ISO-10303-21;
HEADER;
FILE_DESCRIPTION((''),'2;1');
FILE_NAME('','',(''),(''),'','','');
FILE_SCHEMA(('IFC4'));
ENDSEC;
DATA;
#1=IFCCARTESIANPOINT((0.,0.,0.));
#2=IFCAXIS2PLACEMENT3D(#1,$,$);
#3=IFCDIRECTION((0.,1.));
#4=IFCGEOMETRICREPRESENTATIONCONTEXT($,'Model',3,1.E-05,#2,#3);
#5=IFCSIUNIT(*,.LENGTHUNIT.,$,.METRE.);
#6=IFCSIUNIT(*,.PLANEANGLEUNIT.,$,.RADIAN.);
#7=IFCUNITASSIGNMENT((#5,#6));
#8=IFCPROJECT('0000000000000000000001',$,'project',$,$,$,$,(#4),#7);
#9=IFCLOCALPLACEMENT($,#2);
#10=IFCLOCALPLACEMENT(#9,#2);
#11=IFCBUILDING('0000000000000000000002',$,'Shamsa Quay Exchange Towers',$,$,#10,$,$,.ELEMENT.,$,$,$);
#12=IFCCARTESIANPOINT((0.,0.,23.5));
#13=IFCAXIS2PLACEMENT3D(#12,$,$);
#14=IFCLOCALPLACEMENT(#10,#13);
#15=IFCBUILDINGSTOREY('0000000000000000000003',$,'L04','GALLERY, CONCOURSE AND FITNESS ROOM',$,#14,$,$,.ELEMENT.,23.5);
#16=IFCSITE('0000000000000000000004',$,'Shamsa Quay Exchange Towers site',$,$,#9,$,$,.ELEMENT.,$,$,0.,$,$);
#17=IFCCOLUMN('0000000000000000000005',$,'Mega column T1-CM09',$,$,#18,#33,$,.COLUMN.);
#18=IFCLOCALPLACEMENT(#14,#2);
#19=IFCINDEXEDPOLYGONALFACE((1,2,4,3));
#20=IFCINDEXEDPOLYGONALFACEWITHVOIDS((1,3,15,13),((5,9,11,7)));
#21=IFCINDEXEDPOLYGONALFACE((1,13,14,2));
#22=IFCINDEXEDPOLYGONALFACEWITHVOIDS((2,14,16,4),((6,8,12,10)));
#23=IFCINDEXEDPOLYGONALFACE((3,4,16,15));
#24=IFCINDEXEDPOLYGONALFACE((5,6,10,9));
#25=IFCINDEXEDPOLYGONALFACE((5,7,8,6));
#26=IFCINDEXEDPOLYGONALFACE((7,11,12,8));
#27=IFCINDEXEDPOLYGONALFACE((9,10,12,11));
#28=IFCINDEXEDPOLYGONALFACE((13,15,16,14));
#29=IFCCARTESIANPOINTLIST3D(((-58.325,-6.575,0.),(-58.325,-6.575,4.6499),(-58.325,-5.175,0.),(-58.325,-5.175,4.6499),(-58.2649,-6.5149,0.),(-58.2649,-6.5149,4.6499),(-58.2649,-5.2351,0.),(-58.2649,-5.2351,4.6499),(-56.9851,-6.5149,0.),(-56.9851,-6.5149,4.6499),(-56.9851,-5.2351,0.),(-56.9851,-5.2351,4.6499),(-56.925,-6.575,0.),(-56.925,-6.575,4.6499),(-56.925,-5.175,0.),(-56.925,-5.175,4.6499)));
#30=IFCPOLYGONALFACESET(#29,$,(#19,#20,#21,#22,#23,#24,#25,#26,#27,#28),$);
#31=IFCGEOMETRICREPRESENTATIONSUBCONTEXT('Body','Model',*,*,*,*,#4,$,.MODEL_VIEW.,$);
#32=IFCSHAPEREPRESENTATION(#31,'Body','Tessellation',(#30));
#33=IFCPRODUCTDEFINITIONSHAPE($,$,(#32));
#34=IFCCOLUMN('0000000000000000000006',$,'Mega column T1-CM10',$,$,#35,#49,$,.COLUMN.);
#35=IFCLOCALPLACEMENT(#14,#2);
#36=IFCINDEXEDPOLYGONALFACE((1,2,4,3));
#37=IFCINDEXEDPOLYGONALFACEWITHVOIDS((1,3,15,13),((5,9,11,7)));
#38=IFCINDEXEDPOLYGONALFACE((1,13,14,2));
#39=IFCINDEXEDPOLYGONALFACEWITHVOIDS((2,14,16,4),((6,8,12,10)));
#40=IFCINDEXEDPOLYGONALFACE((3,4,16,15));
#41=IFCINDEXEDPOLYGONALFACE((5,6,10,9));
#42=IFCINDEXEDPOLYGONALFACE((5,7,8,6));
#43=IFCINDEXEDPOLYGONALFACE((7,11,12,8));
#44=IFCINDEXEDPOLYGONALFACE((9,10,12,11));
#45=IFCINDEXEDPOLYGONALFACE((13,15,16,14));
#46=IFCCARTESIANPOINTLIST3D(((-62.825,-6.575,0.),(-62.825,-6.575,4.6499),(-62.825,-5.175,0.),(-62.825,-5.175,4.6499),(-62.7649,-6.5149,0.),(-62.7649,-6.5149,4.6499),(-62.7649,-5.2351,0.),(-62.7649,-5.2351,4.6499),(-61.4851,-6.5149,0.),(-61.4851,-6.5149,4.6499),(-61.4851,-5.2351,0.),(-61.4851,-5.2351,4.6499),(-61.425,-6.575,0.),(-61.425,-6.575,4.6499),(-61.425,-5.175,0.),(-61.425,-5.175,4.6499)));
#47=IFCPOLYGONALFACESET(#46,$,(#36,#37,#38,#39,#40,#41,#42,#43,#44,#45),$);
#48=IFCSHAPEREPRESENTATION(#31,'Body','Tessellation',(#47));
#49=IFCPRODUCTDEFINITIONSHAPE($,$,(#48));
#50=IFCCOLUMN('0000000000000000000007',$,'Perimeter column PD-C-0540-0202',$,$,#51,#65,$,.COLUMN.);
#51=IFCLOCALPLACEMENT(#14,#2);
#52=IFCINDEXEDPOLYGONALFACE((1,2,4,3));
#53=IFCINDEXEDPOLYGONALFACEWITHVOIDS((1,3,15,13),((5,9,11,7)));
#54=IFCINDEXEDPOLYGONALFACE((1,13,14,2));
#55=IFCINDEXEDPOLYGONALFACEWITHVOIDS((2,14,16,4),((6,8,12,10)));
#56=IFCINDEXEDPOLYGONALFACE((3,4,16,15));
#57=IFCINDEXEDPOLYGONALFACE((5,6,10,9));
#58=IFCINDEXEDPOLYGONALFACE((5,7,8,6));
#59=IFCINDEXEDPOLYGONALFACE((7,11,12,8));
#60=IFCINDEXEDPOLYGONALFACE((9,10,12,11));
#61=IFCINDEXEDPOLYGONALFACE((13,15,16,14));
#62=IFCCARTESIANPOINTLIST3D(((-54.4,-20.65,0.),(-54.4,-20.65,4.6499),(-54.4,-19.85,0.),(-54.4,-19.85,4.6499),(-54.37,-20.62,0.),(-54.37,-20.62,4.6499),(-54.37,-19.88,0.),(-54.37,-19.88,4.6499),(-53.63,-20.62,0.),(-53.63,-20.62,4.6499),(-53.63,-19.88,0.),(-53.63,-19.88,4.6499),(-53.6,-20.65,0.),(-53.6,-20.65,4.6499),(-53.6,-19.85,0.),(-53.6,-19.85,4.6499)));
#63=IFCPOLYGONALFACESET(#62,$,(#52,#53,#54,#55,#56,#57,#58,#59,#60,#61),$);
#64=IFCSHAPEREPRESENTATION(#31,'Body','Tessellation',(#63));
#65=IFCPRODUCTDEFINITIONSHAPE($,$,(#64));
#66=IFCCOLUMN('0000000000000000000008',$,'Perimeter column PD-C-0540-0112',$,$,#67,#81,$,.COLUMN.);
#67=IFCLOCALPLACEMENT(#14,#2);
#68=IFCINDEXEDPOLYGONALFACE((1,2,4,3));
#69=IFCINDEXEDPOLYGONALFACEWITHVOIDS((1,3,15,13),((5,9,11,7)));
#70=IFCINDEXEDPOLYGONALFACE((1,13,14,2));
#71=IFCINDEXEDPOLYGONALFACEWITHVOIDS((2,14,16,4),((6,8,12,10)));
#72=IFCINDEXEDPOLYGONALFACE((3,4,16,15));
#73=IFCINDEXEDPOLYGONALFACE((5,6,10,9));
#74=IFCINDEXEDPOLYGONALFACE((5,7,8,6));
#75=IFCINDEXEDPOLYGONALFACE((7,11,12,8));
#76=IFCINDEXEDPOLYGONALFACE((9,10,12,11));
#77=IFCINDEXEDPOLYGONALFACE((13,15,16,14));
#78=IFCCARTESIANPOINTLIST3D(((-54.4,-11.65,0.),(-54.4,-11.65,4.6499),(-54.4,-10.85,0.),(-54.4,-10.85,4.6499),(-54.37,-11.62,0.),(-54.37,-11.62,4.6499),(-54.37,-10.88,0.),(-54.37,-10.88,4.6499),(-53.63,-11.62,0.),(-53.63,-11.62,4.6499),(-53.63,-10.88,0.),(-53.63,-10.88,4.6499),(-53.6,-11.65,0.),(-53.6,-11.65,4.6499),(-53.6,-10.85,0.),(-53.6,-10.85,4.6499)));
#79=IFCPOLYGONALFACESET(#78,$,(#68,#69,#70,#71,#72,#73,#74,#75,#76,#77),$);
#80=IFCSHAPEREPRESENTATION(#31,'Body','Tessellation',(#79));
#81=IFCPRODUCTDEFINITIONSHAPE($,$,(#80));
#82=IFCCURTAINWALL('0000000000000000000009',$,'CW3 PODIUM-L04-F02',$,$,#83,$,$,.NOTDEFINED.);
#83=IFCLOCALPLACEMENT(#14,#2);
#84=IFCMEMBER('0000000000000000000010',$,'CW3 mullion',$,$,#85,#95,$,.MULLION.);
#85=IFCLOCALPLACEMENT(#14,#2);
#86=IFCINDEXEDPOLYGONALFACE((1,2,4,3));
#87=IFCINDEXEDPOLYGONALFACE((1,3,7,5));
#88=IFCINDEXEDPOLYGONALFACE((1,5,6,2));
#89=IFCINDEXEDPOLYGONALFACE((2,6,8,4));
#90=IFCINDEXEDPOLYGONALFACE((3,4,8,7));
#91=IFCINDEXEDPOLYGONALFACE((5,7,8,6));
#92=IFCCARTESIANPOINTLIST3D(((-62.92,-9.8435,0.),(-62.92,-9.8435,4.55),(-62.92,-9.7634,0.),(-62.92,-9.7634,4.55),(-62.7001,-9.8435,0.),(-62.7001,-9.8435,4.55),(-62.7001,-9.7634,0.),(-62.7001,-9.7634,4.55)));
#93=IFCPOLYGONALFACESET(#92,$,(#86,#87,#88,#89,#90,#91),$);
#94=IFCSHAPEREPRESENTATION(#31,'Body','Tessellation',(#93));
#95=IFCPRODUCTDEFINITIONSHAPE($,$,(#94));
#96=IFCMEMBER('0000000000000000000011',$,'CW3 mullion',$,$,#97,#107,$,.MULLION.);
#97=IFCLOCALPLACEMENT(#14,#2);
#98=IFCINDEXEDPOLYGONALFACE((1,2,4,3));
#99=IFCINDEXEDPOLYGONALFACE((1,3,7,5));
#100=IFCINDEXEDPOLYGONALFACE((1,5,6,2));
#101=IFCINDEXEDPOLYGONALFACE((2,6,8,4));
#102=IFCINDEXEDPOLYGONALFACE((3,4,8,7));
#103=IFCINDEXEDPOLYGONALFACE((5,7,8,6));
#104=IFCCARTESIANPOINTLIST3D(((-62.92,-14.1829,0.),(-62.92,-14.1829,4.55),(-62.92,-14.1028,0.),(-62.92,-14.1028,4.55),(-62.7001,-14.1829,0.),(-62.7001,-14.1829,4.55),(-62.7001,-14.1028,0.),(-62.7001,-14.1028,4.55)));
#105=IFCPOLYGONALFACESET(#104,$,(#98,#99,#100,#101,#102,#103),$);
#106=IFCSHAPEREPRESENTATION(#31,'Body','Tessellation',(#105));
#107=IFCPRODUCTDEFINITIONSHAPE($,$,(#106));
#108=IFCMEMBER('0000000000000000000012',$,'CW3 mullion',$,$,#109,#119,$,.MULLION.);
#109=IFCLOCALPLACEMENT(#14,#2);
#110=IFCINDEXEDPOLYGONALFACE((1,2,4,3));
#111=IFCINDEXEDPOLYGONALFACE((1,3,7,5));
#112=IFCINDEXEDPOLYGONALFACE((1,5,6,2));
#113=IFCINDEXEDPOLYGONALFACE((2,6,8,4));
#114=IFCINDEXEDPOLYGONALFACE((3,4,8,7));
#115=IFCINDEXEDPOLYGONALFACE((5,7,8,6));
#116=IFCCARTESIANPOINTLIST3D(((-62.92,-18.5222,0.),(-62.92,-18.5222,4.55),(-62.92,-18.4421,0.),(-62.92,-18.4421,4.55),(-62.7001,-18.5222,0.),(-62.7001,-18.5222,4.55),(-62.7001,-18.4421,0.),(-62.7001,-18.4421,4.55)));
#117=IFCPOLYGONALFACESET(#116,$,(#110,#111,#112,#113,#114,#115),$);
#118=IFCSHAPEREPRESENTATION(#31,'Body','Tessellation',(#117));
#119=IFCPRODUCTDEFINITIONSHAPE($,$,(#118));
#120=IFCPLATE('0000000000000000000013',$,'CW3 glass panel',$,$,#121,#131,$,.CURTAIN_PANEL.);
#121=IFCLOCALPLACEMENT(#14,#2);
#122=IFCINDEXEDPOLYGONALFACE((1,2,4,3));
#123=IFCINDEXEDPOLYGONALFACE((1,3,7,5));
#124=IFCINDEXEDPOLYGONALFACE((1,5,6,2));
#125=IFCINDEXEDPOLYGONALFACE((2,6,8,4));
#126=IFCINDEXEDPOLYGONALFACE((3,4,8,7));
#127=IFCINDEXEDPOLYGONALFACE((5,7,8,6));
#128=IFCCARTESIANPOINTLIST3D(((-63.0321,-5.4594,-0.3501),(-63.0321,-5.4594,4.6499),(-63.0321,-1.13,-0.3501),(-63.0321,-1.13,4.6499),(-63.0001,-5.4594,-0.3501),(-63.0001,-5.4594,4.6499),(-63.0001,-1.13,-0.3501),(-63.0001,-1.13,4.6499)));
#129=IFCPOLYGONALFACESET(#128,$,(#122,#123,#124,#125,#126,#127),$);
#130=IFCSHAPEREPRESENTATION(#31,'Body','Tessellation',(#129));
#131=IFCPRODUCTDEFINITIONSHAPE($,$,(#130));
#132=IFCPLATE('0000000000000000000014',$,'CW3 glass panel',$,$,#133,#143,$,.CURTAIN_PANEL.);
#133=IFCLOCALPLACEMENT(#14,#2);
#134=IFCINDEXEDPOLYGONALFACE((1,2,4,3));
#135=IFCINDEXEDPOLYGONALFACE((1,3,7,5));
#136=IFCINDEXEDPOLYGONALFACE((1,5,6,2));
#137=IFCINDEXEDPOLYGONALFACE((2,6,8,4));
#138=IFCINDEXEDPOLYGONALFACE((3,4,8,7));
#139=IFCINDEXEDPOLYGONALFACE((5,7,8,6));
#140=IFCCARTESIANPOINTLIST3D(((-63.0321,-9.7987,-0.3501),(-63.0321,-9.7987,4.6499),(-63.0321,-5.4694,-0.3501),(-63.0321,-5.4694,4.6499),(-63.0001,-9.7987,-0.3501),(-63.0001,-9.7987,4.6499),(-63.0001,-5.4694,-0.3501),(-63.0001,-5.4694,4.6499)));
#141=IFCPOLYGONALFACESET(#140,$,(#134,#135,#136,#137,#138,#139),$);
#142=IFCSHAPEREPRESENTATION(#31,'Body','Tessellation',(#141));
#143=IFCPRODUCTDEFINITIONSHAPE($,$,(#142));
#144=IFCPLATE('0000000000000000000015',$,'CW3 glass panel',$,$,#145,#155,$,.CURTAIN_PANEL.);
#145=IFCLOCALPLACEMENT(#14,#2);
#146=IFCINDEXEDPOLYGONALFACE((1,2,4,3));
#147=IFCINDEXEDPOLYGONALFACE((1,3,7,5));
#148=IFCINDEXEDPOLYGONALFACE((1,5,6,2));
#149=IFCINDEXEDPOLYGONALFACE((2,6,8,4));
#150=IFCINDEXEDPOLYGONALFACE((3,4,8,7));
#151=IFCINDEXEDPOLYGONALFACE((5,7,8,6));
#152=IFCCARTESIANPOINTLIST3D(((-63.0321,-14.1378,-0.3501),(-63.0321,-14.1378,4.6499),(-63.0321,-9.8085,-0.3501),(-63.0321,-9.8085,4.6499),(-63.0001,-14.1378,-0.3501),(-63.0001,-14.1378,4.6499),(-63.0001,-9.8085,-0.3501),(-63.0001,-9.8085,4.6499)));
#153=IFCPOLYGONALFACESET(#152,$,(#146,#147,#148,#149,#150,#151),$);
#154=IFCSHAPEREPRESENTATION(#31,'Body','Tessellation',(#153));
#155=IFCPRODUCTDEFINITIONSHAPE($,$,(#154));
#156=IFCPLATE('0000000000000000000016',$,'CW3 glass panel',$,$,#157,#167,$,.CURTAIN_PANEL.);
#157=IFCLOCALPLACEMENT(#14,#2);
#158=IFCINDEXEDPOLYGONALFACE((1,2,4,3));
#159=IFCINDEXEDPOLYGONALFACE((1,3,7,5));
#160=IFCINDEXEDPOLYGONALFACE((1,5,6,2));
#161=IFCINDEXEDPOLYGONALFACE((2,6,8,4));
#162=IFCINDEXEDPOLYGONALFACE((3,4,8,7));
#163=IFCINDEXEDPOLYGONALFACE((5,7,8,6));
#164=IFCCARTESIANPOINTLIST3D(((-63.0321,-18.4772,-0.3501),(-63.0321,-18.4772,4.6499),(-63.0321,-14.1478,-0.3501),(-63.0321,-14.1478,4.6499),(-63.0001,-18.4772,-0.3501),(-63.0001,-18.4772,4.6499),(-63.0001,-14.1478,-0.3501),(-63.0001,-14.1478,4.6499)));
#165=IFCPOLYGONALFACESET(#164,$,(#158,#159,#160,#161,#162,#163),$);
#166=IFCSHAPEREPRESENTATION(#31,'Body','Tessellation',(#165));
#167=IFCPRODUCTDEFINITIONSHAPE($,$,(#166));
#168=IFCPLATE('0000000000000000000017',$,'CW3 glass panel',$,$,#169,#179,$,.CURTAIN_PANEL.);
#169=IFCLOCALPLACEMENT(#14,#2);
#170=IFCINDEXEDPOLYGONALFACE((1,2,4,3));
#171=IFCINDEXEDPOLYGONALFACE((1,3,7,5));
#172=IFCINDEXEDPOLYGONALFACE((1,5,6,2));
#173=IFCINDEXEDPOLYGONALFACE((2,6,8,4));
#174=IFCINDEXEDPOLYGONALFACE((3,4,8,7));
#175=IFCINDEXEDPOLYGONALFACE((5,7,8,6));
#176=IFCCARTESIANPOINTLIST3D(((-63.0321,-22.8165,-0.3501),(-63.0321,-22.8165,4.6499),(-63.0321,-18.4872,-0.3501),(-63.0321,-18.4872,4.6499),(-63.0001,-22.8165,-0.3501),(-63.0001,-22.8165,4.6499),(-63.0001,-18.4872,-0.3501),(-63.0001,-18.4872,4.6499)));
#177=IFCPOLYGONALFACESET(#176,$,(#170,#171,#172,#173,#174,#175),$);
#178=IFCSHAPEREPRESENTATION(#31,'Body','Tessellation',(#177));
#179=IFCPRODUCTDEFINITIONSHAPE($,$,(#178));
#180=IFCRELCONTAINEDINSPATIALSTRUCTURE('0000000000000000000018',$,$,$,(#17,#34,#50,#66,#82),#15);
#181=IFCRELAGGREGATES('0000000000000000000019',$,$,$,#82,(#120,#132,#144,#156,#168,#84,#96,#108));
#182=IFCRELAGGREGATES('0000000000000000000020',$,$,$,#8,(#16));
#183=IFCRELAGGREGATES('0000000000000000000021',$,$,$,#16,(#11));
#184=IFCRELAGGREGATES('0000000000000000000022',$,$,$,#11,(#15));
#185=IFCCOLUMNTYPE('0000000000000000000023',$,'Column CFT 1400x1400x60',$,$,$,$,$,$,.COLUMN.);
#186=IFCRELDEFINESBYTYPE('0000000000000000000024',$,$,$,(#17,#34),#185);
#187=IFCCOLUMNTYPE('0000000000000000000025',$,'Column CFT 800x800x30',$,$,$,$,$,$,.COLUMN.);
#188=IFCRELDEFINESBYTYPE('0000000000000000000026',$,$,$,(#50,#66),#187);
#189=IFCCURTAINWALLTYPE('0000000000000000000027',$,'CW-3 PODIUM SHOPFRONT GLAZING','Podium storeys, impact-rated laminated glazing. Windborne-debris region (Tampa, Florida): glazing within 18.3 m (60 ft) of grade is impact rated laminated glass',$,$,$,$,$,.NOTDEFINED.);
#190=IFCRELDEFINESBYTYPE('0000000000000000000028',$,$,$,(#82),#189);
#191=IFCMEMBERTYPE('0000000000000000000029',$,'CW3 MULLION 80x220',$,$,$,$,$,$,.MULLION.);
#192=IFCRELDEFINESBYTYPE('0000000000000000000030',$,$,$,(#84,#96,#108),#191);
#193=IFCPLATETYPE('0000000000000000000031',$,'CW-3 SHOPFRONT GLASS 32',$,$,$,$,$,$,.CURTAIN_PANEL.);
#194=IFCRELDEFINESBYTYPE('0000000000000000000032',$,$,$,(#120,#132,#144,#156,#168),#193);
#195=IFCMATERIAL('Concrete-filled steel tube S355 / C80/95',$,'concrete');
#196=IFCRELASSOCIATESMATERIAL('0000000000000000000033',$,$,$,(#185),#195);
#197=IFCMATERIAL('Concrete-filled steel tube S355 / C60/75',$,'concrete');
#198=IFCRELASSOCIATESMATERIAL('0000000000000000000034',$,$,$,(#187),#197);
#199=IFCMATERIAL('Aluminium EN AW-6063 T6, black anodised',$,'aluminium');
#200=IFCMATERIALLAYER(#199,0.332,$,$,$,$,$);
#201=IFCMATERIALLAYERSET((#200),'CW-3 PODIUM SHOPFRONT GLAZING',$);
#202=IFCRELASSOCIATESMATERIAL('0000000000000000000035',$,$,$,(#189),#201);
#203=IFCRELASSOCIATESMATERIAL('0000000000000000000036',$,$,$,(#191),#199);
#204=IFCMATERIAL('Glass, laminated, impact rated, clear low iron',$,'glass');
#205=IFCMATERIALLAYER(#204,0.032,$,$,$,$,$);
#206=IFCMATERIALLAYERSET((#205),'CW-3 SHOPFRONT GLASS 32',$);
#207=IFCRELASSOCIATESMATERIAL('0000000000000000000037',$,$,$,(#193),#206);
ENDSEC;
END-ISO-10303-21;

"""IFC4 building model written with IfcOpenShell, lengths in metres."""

from ifc_helpers import new_model, si_unit, direction, frame, origin, origin_2d, place, context, subcontext, project, spatial, rectangle, hollow_rectangle, extrude, material, layer, layer_set, material_profile, profile_set, type_object, element, aggregate, save


model = new_model("IFC4")

# Units and contexts
model_context = context("Model", 3, precision=1e-05, world=origin(), true_north=direction((0.0, 1.0)))
body_context = subcontext(model_context, "Body", "Model", "MODEL_VIEW")
ifc_project = project(units=[si_unit("LENGTHUNIT", "METRE"), si_unit("PLANEANGLEUNIT", "RADIAN")], contexts=[model_context])

# Site, building, storey
site_placement = place(None, origin())
site = spatial("IfcSite", under=ifc_project, at=site_placement, Name="Shamsa Quay Exchange Towers site", CompositionType="ELEMENT", RefElevation=0.0)
building_placement = place(site_placement, origin())
building = spatial("IfcBuilding", under=site, at=building_placement, Name="Shamsa Quay Exchange Towers", CompositionType="ELEMENT")
storey_placement = place(building_placement, frame((0.0, 0.0, 23.5)))
storey = spatial("IfcBuildingStorey", under=building, at=storey_placement, Name="L04", Description="GALLERY, CONCOURSE AND FITNESS ROOM", CompositionType="ELEMENT", Elevation=23.5)

# Columns
ifc_material_1 = material(Name="Concrete-filled steel tube S355 / C80/95", Category="concrete")
ifc_material_profile_1 = material_profile(ifc_material_1, hollow_rectangle(XDim=1.3999, YDim=1.3999, WallThickness=0.0601, at=origin_2d()), Name="CFT 1400x1400x60")
ifc_profile_set_1 = profile_set([ifc_material_profile_1], Name="Concrete-filled steel tube S355 / C80/95")
column_type_1 = type_object("IfcColumnType", Name="Column CFT 1400x1400x60", PredefinedType="COLUMN", material=ifc_profile_set_1)
for number, where, name in (
    (1, (-57.625, -5.875, 0.0), "Mega column T1-CM09"),
    (2, (-62.125, -5.875, 0.0), "Mega column T1-CM10"),
):
    element("IfcColumn", number, at=place(storey_placement, frame(where)), inside=storey, type_object=column_type_1, Name=name, PredefinedType="COLUMN", context=body_context, shape_type="SweptSolid", body=[
        extrude(hollow_rectangle(XDim=1.3999, YDim=1.3999, WallThickness=0.0601, at=origin_2d()), origin(), (0.0, 0.0, 1.0), 4.6499),
    ])
ifc_material_2 = material(Name="Concrete-filled steel tube S355 / C60/75", Category="concrete")
ifc_material_profile_2 = material_profile(ifc_material_2, hollow_rectangle(XDim=0.8, YDim=0.8, WallThickness=0.03, at=origin_2d()), Name="CFT 800x800x30")
ifc_profile_set_2 = profile_set([ifc_material_profile_2], Name="Concrete-filled steel tube S355 / C60/75")
column_type_2 = type_object("IfcColumnType", Name="Column CFT 800x800x30", PredefinedType="COLUMN", material=ifc_profile_set_2)
for number, where, name in (
    (3, (-54.0, -20.25, 0.0), "Perimeter column PD-C-0540-0202"),
    (4, (-54.0, -11.25, 0.0), "Perimeter column PD-C-0540-0112"),
):
    element("IfcColumn", number, at=place(storey_placement, frame(where)), inside=storey, type_object=column_type_2, Name=name, PredefinedType="COLUMN", context=body_context, shape_type="SweptSolid", body=[
        extrude(hollow_rectangle(XDim=0.8, YDim=0.8, WallThickness=0.03, at=origin_2d()), origin(), (0.0, 0.0, 1.0), 4.6499),
    ])

# Curtain wall, members, plates
ifc_material_3 = material(Name="Aluminium EN AW-6063 T6, black anodised", Category="aluminium")
ifc_layer_1 = layer(ifc_material_3, 0.332)
ifc_layer_set_1 = layer_set([ifc_layer_1], Name="CW-3 PODIUM SHOPFRONT GLAZING")
curtain_wall_type = type_object("IfcCurtainWallType", Name="CW-3 PODIUM SHOPFRONT GLAZING", Description="Podium storeys, impact-rated laminated glazing. Windborne-debris region (Tampa, Florida): glazing within 18.3 m (60 ft) of grade is impact rated laminated glass", PredefinedType="NOTDEFINED", material=ifc_layer_set_1)
curtain_wall_placement = place(storey_placement, origin())
curtain_wall = element("IfcCurtainWall", 5, at=curtain_wall_placement, inside=storey, type_object=curtain_wall_type, Name="CW3 PODIUM-L04-F02", PredefinedType="NOTDEFINED")
ifc_material_profile_3 = material_profile(ifc_material_3, rectangle(XDim=0.22, YDim=0.0801, at=origin_2d()), Name="MU80x220")
ifc_profile_set_3 = profile_set([ifc_material_profile_3], Name="Aluminium EN AW-6063 T6, black anodised")
member_type = type_object("IfcMemberType", Name="CW3 MULLION 80x220", PredefinedType="MULLION", material=ifc_profile_set_3)
member_1_placement = place(storey_placement, frame((-62.8101, -9.8035, 0.0)))
member_1 = element("IfcMember", 6, at=member_1_placement, type_object=member_type, Name="CW3 mullion", PredefinedType="MULLION", context=body_context, shape_type="SweptSolid", body=[
    extrude(rectangle(XDim=0.22, YDim=0.0801, at=origin_2d()), origin(), (0.0, 0.0, 1.0), 4.55),
])
member_2_placement = place(storey_placement, frame((-62.8101, -14.1428, 0.0)))
member_2 = element("IfcMember", 7, at=member_2_placement, type_object=member_type, Name="CW3 mullion", PredefinedType="MULLION", context=body_context, shape_type="SweptSolid", body=[
    extrude(rectangle(XDim=0.22, YDim=0.0801, at=origin_2d()), origin(), (0.0, 0.0, 1.0), 4.55),
])
member_3_placement = place(storey_placement, frame((-62.8101, -18.4822, 0.0)))
member_3 = element("IfcMember", 8, at=member_3_placement, type_object=member_type, Name="CW3 mullion", PredefinedType="MULLION", context=body_context, shape_type="SweptSolid", body=[
    extrude(rectangle(XDim=0.22, YDim=0.0801, at=origin_2d()), origin(), (0.0, 0.0, 1.0), 4.55),
])
ifc_material_4 = material(Name="Glass, laminated, impact rated, clear low iron", Category="glass")
ifc_layer_2 = layer(ifc_material_4, 0.032)
ifc_layer_set_2 = layer_set([ifc_layer_2], Name="CW-3 SHOPFRONT GLASS 32")
plate_type = type_object("IfcPlateType", Name="CW-3 SHOPFRONT GLASS 32", PredefinedType="CURTAIN_PANEL", material=ifc_layer_set_2)
plate_1_placement = place(storey_placement, frame((-63.0161, -3.2947, -0.3501), z_axis=(0.0, 0.0, 1.0), x_axis=(0.0, -1.0, 0.0)))
plate_1 = element("IfcPlate", 9, at=plate_1_placement, type_object=plate_type, Name="CW3 glass panel", PredefinedType="CURTAIN_PANEL", context=body_context, shape_type="SweptSolid", body=[
    extrude(rectangle(XDim=4.3293, YDim=0.032, at=origin_2d()), origin(), (0.0, 0.0, 1.0), 5.0),
])
plate_2_placement = place(storey_placement, frame((-63.0161, -7.634, -0.3501), z_axis=(0.0, 0.0, 1.0), x_axis=(0.0, -1.0, 0.0)))
plate_2 = element("IfcPlate", 10, at=plate_2_placement, type_object=plate_type, Name="CW3 glass panel", PredefinedType="CURTAIN_PANEL", context=body_context, shape_type="SweptSolid", body=[
    extrude(rectangle(XDim=4.3293, YDim=0.032, at=origin_2d()), origin(), (0.0, 0.0, 1.0), 5.0),
])
plate_3_placement = place(storey_placement, frame((-63.0161, -11.9731, -0.3501), z_axis=(0.0, 0.0, 1.0), x_axis=(0.0, -1.0, 0.0)))
plate_3 = element("IfcPlate", 11, at=plate_3_placement, type_object=plate_type, Name="CW3 glass panel", PredefinedType="CURTAIN_PANEL", context=body_context, shape_type="SweptSolid", body=[
    extrude(rectangle(XDim=4.3293, YDim=0.032, at=origin_2d()), origin(), (0.0, 0.0, 1.0), 5.0),
])
plate_4_placement = place(storey_placement, frame((-63.0161, -16.3125, -0.3501), z_axis=(0.0, 0.0, 1.0), x_axis=(0.0, -1.0, 0.0)))
plate_4 = element("IfcPlate", 12, at=plate_4_placement, type_object=plate_type, Name="CW3 glass panel", PredefinedType="CURTAIN_PANEL", context=body_context, shape_type="SweptSolid", body=[
    extrude(rectangle(XDim=4.3293, YDim=0.032, at=origin_2d()), origin(), (0.0, 0.0, 1.0), 5.0),
])
plate_5_placement = place(storey_placement, frame((-63.0161, -20.6519, -0.3501), z_axis=(0.0, 0.0, 1.0), x_axis=(0.0, -1.0, 0.0)))
plate_5 = element("IfcPlate", 13, at=plate_5_placement, type_object=plate_type, Name="CW3 glass panel", PredefinedType="CURTAIN_PANEL", context=body_context, shape_type="SweptSolid", body=[
    extrude(rectangle(XDim=4.3293, YDim=0.032, at=origin_2d()), origin(), (0.0, 0.0, 1.0), 5.0),
])
aggregate(curtain_wall, [plate_1, plate_2, plate_3, plate_4, plate_5, member_1, member_2, member_3])

save(model, "model.ifc")
